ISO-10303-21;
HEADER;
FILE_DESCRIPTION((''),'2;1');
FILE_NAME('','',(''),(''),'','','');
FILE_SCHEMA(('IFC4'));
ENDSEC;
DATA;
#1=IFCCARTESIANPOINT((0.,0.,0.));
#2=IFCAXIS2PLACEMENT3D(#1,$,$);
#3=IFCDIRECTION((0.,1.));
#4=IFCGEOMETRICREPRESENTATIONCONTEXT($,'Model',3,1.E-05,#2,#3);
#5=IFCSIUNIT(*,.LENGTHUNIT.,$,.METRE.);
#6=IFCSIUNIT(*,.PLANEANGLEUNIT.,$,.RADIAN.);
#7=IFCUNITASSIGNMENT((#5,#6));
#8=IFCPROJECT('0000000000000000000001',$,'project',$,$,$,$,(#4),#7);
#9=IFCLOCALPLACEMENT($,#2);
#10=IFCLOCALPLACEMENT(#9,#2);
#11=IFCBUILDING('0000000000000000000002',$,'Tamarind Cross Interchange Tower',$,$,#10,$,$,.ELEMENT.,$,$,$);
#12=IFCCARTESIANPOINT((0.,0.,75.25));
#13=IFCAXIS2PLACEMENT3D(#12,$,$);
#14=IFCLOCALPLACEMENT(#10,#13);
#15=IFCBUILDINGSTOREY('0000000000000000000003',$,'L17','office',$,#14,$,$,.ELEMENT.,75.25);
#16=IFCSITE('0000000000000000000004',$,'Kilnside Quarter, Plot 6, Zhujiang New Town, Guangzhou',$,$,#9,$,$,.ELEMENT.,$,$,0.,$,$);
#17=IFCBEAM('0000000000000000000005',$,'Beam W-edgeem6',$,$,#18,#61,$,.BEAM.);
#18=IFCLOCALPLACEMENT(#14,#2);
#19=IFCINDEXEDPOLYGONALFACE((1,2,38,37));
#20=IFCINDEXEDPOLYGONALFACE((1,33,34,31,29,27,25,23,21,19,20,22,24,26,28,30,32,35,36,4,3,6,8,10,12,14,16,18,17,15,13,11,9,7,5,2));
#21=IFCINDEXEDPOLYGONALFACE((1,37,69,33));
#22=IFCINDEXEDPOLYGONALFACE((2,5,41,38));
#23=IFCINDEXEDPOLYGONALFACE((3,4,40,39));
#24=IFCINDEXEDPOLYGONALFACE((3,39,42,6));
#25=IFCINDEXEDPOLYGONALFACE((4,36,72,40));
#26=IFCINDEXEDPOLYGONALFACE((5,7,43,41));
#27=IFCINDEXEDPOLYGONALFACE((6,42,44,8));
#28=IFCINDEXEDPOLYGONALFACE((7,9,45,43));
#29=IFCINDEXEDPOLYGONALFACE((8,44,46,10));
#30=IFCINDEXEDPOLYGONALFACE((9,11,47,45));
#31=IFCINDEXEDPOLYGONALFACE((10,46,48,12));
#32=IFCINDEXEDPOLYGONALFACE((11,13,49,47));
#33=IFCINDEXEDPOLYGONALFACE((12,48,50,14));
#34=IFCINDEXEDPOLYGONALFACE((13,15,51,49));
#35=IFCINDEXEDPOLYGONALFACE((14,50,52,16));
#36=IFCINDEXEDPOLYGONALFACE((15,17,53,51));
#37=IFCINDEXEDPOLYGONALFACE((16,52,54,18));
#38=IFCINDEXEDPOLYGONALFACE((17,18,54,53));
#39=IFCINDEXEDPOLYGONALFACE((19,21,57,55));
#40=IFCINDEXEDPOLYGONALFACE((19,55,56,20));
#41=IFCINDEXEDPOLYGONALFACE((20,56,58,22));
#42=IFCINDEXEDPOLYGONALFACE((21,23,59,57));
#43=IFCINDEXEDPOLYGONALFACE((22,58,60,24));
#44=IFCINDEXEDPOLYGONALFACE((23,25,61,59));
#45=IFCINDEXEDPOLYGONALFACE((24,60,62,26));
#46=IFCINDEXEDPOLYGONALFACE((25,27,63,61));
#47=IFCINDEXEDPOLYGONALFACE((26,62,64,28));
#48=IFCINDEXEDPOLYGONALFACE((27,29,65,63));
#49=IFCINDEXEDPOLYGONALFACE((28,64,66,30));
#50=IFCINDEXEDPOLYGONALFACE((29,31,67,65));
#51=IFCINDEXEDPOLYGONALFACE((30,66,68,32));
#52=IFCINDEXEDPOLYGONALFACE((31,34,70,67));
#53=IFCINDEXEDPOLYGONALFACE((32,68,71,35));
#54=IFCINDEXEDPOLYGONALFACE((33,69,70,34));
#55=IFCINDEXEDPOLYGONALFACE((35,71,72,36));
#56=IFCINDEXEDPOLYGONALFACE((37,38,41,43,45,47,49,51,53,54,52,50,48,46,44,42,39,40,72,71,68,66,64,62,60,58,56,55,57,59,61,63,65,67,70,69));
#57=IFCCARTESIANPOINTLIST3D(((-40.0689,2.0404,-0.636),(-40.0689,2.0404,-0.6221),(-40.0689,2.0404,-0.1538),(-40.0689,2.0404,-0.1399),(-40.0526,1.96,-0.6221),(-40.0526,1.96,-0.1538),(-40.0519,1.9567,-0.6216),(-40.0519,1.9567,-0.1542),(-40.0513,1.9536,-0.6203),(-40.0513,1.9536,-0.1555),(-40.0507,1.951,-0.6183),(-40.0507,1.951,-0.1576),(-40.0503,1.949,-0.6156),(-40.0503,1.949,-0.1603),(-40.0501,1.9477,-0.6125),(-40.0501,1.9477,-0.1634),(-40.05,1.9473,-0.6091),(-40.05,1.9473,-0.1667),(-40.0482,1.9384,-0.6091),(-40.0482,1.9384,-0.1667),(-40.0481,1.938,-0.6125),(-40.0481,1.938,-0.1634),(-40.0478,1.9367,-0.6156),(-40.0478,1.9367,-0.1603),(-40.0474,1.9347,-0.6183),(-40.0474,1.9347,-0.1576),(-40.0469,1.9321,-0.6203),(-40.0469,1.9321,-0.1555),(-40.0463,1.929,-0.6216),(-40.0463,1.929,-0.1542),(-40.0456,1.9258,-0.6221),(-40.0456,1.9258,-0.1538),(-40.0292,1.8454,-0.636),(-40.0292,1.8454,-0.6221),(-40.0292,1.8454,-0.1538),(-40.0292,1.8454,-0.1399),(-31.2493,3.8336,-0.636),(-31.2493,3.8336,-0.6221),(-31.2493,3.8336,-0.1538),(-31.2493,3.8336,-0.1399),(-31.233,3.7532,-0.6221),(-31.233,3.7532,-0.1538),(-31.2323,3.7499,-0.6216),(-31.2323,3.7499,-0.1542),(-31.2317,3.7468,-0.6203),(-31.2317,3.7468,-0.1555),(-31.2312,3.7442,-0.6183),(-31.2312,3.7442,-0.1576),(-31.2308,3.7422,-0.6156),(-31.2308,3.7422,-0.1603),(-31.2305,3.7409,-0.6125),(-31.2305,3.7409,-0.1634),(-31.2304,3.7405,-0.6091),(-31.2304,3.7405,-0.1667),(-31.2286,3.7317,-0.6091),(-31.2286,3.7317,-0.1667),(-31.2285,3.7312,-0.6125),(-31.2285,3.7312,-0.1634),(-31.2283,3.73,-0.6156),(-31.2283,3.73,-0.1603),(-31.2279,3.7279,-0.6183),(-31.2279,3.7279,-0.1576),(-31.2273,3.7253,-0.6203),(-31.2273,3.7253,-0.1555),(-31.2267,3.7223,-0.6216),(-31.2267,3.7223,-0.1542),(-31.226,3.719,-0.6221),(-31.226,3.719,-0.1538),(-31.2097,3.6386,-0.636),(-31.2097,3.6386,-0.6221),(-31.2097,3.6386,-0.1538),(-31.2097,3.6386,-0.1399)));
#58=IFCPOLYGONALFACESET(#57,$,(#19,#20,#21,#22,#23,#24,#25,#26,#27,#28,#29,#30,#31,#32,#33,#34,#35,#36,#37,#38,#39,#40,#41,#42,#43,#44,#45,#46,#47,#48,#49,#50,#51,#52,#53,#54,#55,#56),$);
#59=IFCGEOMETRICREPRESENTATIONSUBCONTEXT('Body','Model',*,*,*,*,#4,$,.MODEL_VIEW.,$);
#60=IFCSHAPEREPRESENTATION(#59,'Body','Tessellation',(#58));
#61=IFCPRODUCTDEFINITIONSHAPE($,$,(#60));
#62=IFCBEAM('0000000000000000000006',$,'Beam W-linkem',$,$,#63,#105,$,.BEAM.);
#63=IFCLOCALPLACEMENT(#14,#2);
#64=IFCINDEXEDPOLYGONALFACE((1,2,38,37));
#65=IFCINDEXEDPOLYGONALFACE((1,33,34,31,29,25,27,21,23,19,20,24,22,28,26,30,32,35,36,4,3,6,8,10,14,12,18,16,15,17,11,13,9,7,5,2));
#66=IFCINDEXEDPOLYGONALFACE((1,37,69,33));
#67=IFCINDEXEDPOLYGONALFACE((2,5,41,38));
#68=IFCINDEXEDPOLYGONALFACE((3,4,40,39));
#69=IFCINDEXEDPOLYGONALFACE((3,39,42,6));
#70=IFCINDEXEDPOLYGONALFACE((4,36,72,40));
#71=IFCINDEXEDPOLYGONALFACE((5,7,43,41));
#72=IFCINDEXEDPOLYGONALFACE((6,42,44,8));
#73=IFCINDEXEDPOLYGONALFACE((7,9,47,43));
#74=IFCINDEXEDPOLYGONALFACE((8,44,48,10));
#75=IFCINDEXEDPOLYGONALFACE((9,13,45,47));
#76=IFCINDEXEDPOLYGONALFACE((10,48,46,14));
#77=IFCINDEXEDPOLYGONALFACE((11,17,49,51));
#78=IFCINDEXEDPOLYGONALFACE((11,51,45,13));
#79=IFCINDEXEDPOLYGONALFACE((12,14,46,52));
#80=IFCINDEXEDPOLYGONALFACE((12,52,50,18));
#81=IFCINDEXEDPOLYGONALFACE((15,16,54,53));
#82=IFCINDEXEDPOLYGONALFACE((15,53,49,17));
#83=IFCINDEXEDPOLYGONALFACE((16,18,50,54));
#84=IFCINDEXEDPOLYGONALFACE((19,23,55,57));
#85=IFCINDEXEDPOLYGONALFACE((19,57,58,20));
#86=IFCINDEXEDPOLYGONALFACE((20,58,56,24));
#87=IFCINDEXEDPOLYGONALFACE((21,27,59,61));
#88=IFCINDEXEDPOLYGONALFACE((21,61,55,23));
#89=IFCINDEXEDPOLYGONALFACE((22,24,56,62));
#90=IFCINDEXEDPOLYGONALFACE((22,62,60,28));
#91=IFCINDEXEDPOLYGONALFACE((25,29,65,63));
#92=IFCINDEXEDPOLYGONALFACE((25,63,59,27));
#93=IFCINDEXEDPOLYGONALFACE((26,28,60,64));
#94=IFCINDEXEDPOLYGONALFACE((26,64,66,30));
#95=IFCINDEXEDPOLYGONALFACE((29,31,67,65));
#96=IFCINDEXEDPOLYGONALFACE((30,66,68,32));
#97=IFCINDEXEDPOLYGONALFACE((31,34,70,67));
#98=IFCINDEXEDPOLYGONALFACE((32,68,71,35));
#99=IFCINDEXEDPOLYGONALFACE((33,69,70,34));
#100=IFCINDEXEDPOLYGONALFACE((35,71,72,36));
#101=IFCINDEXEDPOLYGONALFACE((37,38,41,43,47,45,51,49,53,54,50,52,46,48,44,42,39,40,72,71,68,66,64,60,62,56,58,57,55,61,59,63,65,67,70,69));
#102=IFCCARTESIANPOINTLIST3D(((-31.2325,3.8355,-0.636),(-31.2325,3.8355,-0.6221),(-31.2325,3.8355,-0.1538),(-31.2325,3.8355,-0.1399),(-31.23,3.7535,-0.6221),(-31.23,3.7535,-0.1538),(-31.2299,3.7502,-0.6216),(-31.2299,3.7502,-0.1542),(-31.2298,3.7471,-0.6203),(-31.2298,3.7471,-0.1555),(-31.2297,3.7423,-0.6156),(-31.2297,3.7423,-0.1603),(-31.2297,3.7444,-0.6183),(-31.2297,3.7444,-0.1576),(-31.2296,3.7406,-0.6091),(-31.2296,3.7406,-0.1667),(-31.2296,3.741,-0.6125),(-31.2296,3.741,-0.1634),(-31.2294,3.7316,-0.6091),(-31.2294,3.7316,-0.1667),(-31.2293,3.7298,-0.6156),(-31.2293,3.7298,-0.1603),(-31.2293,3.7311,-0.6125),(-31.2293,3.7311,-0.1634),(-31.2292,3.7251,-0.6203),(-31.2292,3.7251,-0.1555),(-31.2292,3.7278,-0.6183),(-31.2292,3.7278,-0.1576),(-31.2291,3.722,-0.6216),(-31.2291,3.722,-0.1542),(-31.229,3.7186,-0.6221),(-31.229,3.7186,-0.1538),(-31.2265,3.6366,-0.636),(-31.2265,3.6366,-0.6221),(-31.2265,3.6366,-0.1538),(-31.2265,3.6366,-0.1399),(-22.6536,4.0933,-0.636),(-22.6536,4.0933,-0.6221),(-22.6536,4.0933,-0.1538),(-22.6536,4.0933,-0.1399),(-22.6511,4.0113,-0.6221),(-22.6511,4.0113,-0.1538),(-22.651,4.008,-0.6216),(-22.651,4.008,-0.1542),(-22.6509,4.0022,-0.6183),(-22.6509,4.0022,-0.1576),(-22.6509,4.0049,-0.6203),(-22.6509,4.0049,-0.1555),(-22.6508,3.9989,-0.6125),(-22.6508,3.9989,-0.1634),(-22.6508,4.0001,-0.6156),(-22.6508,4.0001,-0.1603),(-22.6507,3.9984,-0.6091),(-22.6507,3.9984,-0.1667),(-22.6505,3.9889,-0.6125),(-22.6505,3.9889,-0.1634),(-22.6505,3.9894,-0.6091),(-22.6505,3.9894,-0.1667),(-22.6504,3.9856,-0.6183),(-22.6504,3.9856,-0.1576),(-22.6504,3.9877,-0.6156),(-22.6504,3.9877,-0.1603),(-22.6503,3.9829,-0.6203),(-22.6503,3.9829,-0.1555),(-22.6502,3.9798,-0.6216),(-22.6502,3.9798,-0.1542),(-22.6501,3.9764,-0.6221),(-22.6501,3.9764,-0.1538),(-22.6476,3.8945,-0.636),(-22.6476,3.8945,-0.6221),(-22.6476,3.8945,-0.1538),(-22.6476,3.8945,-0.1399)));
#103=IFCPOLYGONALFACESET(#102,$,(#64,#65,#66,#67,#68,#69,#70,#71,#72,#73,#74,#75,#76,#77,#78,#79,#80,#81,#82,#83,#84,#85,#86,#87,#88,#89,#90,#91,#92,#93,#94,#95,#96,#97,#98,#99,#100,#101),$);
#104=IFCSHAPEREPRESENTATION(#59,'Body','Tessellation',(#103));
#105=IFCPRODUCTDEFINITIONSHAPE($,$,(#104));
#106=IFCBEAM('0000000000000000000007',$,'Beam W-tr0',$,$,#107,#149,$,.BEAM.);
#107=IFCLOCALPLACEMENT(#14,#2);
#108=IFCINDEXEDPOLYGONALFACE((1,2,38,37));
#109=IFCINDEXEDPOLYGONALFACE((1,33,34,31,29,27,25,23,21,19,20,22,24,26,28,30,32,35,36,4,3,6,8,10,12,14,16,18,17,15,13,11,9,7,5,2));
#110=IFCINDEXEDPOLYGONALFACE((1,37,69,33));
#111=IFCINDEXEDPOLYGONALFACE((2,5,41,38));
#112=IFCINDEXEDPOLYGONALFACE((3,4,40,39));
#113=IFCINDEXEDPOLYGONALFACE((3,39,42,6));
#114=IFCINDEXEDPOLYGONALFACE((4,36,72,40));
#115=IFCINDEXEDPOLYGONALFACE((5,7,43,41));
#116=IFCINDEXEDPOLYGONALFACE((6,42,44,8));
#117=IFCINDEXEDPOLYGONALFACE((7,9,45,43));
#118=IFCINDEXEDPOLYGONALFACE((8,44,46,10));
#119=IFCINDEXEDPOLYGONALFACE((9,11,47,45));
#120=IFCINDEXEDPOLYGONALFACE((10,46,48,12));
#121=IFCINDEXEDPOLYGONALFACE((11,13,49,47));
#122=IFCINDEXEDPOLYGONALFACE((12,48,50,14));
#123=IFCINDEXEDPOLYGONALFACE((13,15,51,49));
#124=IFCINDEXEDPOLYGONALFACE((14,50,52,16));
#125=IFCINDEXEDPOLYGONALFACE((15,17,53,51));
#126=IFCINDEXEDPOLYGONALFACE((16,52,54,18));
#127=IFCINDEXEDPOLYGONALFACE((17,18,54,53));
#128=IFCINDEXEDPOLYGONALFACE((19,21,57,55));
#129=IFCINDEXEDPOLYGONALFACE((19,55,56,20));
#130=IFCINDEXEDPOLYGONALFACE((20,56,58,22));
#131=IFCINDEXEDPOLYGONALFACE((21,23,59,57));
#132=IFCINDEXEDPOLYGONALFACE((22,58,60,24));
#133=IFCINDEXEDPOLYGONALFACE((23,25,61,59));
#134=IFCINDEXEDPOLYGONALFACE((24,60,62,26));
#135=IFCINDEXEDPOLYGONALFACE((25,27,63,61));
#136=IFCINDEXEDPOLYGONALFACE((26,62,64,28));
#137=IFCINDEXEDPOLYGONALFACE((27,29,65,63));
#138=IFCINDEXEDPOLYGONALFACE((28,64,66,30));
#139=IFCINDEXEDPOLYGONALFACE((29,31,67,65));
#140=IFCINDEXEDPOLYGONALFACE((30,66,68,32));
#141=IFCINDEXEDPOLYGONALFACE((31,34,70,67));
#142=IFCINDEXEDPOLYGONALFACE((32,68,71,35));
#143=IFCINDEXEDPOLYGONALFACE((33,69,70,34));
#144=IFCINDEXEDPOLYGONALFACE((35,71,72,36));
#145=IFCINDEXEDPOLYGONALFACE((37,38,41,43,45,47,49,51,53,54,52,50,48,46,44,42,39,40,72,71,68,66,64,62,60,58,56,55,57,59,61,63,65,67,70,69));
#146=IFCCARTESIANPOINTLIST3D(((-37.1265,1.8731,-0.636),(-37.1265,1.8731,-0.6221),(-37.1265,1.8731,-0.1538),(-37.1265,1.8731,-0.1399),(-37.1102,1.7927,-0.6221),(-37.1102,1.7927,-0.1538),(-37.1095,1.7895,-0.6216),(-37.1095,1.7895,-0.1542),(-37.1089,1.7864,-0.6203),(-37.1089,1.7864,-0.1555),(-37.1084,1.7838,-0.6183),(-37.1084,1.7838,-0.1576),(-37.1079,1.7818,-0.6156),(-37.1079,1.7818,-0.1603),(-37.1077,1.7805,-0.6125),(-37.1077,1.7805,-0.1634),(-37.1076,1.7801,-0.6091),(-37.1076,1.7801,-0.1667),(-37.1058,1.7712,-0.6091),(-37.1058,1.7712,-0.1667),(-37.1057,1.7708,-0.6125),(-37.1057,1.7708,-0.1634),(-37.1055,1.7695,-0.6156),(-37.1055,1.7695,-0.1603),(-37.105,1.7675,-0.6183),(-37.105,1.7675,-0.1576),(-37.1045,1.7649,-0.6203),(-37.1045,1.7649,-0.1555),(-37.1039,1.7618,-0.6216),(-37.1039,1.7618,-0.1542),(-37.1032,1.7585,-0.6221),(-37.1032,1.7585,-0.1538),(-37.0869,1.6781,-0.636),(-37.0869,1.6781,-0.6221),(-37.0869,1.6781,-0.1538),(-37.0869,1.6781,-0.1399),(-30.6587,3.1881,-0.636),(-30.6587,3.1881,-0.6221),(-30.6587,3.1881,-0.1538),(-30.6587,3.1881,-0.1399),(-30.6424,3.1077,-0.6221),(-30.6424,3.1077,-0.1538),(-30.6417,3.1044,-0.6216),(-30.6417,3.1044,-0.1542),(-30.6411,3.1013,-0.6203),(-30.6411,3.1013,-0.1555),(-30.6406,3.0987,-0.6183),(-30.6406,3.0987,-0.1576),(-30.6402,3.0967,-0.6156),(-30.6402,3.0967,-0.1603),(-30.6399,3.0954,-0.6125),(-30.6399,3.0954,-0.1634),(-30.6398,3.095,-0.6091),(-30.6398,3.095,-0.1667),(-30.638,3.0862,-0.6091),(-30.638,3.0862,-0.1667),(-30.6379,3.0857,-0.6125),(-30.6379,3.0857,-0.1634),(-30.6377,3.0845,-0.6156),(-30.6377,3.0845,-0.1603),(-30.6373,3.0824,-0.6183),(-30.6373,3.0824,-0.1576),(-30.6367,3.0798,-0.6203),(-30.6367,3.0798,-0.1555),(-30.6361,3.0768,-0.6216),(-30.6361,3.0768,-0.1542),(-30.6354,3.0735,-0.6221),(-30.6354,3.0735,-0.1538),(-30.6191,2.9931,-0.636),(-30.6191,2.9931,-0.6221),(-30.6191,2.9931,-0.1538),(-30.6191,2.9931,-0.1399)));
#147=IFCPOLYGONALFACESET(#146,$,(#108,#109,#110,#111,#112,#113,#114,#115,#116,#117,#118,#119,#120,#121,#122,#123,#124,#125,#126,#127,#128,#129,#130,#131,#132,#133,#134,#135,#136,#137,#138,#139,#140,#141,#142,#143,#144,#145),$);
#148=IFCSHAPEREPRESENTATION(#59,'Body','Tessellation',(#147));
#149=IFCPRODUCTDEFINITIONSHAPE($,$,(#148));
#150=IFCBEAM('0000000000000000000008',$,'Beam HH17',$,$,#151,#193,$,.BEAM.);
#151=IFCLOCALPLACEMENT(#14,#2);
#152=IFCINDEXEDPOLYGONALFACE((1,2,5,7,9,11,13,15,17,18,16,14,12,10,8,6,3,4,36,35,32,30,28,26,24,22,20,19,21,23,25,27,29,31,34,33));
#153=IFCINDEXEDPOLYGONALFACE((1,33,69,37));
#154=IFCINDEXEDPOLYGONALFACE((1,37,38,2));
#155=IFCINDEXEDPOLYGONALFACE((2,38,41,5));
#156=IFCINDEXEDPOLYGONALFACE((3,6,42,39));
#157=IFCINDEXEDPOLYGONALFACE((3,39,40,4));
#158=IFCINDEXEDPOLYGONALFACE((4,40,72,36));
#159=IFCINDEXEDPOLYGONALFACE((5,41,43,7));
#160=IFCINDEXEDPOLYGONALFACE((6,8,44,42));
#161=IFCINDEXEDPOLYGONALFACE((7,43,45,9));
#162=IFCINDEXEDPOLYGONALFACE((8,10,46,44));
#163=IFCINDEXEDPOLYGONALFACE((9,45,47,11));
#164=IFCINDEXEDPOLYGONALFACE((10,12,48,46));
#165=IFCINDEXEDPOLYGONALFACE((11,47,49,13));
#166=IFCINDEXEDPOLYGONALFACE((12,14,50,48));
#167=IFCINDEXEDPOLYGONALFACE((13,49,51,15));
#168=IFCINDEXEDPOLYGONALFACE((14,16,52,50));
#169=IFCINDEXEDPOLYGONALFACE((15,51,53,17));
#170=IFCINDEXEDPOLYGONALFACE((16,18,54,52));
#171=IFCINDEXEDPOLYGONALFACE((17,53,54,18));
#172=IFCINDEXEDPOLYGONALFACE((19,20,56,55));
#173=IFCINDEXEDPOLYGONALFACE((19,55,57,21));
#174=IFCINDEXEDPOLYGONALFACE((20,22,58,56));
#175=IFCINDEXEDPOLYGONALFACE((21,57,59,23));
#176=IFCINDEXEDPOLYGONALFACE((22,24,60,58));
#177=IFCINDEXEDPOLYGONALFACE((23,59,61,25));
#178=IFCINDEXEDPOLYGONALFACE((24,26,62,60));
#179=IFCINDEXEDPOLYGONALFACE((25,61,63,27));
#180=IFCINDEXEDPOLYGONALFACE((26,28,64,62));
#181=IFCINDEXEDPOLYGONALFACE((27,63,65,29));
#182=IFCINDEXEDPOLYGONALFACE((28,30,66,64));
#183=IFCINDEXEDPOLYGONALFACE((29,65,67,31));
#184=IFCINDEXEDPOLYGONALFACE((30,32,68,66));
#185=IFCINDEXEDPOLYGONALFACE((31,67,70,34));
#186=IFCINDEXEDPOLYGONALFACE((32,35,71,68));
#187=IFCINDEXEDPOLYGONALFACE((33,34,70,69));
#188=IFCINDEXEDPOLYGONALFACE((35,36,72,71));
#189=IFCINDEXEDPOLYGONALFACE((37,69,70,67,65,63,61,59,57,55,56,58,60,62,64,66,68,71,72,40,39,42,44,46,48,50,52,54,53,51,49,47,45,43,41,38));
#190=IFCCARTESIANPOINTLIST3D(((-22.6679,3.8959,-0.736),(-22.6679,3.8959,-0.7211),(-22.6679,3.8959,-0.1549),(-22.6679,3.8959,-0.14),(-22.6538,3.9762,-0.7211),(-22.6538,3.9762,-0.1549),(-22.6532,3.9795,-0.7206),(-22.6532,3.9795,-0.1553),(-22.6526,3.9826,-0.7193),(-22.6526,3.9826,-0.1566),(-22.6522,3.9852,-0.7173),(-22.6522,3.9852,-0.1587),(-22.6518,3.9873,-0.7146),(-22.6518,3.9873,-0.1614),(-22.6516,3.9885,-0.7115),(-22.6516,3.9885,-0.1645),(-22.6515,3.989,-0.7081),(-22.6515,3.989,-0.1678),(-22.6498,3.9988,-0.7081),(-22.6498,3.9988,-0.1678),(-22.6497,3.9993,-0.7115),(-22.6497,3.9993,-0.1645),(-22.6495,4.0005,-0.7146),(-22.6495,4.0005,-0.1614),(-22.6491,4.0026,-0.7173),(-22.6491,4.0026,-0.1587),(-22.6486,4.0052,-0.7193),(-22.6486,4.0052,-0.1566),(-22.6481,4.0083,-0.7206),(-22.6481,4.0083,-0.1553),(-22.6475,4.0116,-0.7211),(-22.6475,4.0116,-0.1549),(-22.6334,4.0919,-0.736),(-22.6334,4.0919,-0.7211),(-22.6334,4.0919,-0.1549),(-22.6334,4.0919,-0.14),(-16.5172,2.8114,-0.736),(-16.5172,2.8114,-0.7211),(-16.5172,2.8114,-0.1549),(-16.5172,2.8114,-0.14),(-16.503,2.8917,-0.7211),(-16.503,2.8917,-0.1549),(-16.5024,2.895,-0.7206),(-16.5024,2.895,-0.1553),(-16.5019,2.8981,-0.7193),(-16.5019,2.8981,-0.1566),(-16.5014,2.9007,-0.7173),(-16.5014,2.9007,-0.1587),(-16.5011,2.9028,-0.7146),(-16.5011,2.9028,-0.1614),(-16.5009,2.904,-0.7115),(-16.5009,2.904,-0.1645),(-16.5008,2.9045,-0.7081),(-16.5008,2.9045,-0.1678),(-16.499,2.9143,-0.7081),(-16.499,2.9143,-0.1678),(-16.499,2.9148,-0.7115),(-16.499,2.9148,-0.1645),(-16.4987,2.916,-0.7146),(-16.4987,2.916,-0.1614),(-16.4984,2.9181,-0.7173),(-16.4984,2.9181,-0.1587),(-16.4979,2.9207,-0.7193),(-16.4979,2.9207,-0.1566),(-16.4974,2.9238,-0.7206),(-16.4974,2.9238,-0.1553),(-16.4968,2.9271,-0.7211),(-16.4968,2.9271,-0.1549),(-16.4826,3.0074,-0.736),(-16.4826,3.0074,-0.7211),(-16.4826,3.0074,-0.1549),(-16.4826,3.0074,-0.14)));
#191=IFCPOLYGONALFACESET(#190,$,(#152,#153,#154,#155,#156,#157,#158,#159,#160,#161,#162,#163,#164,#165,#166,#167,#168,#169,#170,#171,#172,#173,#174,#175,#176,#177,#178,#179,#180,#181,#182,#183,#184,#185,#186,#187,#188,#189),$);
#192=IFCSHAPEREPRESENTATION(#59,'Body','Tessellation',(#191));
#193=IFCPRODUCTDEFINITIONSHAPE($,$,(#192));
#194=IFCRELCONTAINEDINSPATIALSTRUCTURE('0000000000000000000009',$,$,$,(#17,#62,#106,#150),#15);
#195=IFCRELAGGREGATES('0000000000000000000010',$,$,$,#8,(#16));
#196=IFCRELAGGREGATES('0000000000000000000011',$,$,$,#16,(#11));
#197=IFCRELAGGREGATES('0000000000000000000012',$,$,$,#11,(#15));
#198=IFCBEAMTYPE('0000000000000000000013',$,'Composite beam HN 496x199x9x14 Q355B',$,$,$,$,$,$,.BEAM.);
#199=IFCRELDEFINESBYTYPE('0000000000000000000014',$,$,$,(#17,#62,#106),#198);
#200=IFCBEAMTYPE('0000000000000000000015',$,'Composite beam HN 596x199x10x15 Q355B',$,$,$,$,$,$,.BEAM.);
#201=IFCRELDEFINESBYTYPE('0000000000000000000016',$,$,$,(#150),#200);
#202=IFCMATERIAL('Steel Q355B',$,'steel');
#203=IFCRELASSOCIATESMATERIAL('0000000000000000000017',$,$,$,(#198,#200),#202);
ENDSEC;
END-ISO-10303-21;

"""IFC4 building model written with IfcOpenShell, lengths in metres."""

from ifc_helpers import new_model, si_unit, direction, frame, origin, origin_2d, place, context, subcontext, project, spatial, i_section, extrude, material, material_profile, profile_set, type_object, element, save


model = new_model("IFC4")

# Units and contexts
model_context = context("Model", 3, precision=1e-05, world=origin(), true_north=direction((0.0, 1.0)))
body_context = subcontext(model_context, "Body", "Model", "MODEL_VIEW")
ifc_project = project(units=[si_unit("LENGTHUNIT", "METRE"), si_unit("PLANEANGLEUNIT", "RADIAN")], contexts=[model_context])

# Site, building, storey
site_placement = place(None, origin())
site = spatial("IfcSite", under=ifc_project, at=site_placement, Name="Kilnside Quarter, Plot 6, Zhujiang New Town, Guangzhou", CompositionType="ELEMENT", RefElevation=0.0)
building_placement = place(site_placement, origin())
building = spatial("IfcBuilding", under=site, at=building_placement, Name="Tamarind Cross Interchange Tower", CompositionType="ELEMENT")
storey_placement = place(building_placement, frame((0.0, 0.0, 75.25)))
storey = spatial("IfcBuildingStorey", under=building, at=storey_placement, Name="L17", Description="office", CompositionType="ELEMENT", Elevation=75.25)

# Beams
ifc_material_1 = material(Name="Steel Q355B", Category="steel")
ifc_material_profile_1 = material_profile(ifc_material_1, i_section(OverallWidth=0.199, OverallDepth=0.4961, WebThickness=0.009, FlangeThickness=0.0139, FilletRadius=0.0129, at=origin_2d()), Name="HN 496x199x9x14")
ifc_profile_set_1 = profile_set([ifc_material_profile_1], Name="Steel Q355B")
beam_type_1 = type_object("IfcBeamType", Name="Composite beam HN 496x199x9x14 Q355B", PredefinedType="BEAM", material=ifc_profile_set_1)
beam_1_placement = place(storey_placement, frame((-40.0491, 1.9429, -0.3879), z_axis=(0.97995, 0.199245, 0.0), x_axis=(-0.199245, 0.97995, 0.0)))
element("IfcBeam", 1, at=beam_1_placement, inside=storey, type_object=beam_type_1, Name="Beam W-edgeem6", PredefinedType="BEAM", context=body_context, shape_type="SweptSolid", body=[
    extrude(i_section(OverallWidth=0.199, OverallDepth=0.4961, WebThickness=0.009, FlangeThickness=0.0139, FilletRadius=0.0129, at=origin_2d()), origin(), (0.0, 0.0, 1.0), 9.0),
])
beam_2_placement = place(storey_placement, frame((-31.2295, 3.7361, -0.3879), z_axis=(0.999549, 0.030039, 0.0), x_axis=(-0.030039, 0.999549, 0.0)))
element("IfcBeam", 2, at=beam_2_placement, inside=storey, type_object=beam_type_1, Name="Beam W-linkem", PredefinedType="BEAM", context=body_context, shape_type="SweptSolid", body=[
    extrude(i_section(OverallWidth=0.199, OverallDepth=0.4961, WebThickness=0.009, FlangeThickness=0.0139, FilletRadius=0.0129, at=origin_2d()), origin(), (0.0, 0.0, 1.0), 8.5828),
])
beam_3_placement = place(storey_placement, frame((-30.6389, 3.0906, -0.3879), z_axis=(-0.979953, -0.199231, 0.0), x_axis=(0.199231, -0.979953, 0.0)))
element("IfcBeam", 3, at=beam_3_placement, inside=storey, type_object=beam_type_1, Name="Beam W-tr0", PredefinedType="BEAM", context=body_context, shape_type="SweptSolid", body=[
    extrude(i_section(OverallWidth=0.199, OverallDepth=0.4961, WebThickness=0.009, FlangeThickness=0.0139, FilletRadius=0.0129, at=origin_2d()), origin(), (0.0, 0.0, 1.0), 6.6001),
])
ifc_material_profile_2 = material_profile(ifc_material_1, i_section(OverallWidth=0.199, OverallDepth=0.5959, WebThickness=0.01, FlangeThickness=0.0149, FilletRadius=0.0129, at=origin_2d()), Name="HN 596x199x10x15")
ifc_profile_set_2 = profile_set([ifc_material_profile_2], Name="Steel Q355B")
beam_type_2 = type_object("IfcBeamType", Name="Composite beam HN 596x199x10x15 Q355B", PredefinedType="BEAM", material=ifc_profile_set_2)
beam_4_placement = place(storey_placement, frame((-22.6506, 3.9939, -0.438), z_axis=(0.984809, -0.17364, 0.0), x_axis=(0.17364, 0.984809, 0.0)))
element("IfcBeam", 4, at=beam_4_placement, inside=storey, type_object=beam_type_2, Name="Beam HH17", PredefinedType="BEAM", context=body_context, shape_type="SweptSolid", body=[
    extrude(i_section(OverallWidth=0.199, OverallDepth=0.5959, WebThickness=0.01, FlangeThickness=0.0149, FilletRadius=0.0129, at=origin_2d()), origin(), (0.0, 0.0, 1.0), 6.2456),
])

save(model, "model.ifc")
